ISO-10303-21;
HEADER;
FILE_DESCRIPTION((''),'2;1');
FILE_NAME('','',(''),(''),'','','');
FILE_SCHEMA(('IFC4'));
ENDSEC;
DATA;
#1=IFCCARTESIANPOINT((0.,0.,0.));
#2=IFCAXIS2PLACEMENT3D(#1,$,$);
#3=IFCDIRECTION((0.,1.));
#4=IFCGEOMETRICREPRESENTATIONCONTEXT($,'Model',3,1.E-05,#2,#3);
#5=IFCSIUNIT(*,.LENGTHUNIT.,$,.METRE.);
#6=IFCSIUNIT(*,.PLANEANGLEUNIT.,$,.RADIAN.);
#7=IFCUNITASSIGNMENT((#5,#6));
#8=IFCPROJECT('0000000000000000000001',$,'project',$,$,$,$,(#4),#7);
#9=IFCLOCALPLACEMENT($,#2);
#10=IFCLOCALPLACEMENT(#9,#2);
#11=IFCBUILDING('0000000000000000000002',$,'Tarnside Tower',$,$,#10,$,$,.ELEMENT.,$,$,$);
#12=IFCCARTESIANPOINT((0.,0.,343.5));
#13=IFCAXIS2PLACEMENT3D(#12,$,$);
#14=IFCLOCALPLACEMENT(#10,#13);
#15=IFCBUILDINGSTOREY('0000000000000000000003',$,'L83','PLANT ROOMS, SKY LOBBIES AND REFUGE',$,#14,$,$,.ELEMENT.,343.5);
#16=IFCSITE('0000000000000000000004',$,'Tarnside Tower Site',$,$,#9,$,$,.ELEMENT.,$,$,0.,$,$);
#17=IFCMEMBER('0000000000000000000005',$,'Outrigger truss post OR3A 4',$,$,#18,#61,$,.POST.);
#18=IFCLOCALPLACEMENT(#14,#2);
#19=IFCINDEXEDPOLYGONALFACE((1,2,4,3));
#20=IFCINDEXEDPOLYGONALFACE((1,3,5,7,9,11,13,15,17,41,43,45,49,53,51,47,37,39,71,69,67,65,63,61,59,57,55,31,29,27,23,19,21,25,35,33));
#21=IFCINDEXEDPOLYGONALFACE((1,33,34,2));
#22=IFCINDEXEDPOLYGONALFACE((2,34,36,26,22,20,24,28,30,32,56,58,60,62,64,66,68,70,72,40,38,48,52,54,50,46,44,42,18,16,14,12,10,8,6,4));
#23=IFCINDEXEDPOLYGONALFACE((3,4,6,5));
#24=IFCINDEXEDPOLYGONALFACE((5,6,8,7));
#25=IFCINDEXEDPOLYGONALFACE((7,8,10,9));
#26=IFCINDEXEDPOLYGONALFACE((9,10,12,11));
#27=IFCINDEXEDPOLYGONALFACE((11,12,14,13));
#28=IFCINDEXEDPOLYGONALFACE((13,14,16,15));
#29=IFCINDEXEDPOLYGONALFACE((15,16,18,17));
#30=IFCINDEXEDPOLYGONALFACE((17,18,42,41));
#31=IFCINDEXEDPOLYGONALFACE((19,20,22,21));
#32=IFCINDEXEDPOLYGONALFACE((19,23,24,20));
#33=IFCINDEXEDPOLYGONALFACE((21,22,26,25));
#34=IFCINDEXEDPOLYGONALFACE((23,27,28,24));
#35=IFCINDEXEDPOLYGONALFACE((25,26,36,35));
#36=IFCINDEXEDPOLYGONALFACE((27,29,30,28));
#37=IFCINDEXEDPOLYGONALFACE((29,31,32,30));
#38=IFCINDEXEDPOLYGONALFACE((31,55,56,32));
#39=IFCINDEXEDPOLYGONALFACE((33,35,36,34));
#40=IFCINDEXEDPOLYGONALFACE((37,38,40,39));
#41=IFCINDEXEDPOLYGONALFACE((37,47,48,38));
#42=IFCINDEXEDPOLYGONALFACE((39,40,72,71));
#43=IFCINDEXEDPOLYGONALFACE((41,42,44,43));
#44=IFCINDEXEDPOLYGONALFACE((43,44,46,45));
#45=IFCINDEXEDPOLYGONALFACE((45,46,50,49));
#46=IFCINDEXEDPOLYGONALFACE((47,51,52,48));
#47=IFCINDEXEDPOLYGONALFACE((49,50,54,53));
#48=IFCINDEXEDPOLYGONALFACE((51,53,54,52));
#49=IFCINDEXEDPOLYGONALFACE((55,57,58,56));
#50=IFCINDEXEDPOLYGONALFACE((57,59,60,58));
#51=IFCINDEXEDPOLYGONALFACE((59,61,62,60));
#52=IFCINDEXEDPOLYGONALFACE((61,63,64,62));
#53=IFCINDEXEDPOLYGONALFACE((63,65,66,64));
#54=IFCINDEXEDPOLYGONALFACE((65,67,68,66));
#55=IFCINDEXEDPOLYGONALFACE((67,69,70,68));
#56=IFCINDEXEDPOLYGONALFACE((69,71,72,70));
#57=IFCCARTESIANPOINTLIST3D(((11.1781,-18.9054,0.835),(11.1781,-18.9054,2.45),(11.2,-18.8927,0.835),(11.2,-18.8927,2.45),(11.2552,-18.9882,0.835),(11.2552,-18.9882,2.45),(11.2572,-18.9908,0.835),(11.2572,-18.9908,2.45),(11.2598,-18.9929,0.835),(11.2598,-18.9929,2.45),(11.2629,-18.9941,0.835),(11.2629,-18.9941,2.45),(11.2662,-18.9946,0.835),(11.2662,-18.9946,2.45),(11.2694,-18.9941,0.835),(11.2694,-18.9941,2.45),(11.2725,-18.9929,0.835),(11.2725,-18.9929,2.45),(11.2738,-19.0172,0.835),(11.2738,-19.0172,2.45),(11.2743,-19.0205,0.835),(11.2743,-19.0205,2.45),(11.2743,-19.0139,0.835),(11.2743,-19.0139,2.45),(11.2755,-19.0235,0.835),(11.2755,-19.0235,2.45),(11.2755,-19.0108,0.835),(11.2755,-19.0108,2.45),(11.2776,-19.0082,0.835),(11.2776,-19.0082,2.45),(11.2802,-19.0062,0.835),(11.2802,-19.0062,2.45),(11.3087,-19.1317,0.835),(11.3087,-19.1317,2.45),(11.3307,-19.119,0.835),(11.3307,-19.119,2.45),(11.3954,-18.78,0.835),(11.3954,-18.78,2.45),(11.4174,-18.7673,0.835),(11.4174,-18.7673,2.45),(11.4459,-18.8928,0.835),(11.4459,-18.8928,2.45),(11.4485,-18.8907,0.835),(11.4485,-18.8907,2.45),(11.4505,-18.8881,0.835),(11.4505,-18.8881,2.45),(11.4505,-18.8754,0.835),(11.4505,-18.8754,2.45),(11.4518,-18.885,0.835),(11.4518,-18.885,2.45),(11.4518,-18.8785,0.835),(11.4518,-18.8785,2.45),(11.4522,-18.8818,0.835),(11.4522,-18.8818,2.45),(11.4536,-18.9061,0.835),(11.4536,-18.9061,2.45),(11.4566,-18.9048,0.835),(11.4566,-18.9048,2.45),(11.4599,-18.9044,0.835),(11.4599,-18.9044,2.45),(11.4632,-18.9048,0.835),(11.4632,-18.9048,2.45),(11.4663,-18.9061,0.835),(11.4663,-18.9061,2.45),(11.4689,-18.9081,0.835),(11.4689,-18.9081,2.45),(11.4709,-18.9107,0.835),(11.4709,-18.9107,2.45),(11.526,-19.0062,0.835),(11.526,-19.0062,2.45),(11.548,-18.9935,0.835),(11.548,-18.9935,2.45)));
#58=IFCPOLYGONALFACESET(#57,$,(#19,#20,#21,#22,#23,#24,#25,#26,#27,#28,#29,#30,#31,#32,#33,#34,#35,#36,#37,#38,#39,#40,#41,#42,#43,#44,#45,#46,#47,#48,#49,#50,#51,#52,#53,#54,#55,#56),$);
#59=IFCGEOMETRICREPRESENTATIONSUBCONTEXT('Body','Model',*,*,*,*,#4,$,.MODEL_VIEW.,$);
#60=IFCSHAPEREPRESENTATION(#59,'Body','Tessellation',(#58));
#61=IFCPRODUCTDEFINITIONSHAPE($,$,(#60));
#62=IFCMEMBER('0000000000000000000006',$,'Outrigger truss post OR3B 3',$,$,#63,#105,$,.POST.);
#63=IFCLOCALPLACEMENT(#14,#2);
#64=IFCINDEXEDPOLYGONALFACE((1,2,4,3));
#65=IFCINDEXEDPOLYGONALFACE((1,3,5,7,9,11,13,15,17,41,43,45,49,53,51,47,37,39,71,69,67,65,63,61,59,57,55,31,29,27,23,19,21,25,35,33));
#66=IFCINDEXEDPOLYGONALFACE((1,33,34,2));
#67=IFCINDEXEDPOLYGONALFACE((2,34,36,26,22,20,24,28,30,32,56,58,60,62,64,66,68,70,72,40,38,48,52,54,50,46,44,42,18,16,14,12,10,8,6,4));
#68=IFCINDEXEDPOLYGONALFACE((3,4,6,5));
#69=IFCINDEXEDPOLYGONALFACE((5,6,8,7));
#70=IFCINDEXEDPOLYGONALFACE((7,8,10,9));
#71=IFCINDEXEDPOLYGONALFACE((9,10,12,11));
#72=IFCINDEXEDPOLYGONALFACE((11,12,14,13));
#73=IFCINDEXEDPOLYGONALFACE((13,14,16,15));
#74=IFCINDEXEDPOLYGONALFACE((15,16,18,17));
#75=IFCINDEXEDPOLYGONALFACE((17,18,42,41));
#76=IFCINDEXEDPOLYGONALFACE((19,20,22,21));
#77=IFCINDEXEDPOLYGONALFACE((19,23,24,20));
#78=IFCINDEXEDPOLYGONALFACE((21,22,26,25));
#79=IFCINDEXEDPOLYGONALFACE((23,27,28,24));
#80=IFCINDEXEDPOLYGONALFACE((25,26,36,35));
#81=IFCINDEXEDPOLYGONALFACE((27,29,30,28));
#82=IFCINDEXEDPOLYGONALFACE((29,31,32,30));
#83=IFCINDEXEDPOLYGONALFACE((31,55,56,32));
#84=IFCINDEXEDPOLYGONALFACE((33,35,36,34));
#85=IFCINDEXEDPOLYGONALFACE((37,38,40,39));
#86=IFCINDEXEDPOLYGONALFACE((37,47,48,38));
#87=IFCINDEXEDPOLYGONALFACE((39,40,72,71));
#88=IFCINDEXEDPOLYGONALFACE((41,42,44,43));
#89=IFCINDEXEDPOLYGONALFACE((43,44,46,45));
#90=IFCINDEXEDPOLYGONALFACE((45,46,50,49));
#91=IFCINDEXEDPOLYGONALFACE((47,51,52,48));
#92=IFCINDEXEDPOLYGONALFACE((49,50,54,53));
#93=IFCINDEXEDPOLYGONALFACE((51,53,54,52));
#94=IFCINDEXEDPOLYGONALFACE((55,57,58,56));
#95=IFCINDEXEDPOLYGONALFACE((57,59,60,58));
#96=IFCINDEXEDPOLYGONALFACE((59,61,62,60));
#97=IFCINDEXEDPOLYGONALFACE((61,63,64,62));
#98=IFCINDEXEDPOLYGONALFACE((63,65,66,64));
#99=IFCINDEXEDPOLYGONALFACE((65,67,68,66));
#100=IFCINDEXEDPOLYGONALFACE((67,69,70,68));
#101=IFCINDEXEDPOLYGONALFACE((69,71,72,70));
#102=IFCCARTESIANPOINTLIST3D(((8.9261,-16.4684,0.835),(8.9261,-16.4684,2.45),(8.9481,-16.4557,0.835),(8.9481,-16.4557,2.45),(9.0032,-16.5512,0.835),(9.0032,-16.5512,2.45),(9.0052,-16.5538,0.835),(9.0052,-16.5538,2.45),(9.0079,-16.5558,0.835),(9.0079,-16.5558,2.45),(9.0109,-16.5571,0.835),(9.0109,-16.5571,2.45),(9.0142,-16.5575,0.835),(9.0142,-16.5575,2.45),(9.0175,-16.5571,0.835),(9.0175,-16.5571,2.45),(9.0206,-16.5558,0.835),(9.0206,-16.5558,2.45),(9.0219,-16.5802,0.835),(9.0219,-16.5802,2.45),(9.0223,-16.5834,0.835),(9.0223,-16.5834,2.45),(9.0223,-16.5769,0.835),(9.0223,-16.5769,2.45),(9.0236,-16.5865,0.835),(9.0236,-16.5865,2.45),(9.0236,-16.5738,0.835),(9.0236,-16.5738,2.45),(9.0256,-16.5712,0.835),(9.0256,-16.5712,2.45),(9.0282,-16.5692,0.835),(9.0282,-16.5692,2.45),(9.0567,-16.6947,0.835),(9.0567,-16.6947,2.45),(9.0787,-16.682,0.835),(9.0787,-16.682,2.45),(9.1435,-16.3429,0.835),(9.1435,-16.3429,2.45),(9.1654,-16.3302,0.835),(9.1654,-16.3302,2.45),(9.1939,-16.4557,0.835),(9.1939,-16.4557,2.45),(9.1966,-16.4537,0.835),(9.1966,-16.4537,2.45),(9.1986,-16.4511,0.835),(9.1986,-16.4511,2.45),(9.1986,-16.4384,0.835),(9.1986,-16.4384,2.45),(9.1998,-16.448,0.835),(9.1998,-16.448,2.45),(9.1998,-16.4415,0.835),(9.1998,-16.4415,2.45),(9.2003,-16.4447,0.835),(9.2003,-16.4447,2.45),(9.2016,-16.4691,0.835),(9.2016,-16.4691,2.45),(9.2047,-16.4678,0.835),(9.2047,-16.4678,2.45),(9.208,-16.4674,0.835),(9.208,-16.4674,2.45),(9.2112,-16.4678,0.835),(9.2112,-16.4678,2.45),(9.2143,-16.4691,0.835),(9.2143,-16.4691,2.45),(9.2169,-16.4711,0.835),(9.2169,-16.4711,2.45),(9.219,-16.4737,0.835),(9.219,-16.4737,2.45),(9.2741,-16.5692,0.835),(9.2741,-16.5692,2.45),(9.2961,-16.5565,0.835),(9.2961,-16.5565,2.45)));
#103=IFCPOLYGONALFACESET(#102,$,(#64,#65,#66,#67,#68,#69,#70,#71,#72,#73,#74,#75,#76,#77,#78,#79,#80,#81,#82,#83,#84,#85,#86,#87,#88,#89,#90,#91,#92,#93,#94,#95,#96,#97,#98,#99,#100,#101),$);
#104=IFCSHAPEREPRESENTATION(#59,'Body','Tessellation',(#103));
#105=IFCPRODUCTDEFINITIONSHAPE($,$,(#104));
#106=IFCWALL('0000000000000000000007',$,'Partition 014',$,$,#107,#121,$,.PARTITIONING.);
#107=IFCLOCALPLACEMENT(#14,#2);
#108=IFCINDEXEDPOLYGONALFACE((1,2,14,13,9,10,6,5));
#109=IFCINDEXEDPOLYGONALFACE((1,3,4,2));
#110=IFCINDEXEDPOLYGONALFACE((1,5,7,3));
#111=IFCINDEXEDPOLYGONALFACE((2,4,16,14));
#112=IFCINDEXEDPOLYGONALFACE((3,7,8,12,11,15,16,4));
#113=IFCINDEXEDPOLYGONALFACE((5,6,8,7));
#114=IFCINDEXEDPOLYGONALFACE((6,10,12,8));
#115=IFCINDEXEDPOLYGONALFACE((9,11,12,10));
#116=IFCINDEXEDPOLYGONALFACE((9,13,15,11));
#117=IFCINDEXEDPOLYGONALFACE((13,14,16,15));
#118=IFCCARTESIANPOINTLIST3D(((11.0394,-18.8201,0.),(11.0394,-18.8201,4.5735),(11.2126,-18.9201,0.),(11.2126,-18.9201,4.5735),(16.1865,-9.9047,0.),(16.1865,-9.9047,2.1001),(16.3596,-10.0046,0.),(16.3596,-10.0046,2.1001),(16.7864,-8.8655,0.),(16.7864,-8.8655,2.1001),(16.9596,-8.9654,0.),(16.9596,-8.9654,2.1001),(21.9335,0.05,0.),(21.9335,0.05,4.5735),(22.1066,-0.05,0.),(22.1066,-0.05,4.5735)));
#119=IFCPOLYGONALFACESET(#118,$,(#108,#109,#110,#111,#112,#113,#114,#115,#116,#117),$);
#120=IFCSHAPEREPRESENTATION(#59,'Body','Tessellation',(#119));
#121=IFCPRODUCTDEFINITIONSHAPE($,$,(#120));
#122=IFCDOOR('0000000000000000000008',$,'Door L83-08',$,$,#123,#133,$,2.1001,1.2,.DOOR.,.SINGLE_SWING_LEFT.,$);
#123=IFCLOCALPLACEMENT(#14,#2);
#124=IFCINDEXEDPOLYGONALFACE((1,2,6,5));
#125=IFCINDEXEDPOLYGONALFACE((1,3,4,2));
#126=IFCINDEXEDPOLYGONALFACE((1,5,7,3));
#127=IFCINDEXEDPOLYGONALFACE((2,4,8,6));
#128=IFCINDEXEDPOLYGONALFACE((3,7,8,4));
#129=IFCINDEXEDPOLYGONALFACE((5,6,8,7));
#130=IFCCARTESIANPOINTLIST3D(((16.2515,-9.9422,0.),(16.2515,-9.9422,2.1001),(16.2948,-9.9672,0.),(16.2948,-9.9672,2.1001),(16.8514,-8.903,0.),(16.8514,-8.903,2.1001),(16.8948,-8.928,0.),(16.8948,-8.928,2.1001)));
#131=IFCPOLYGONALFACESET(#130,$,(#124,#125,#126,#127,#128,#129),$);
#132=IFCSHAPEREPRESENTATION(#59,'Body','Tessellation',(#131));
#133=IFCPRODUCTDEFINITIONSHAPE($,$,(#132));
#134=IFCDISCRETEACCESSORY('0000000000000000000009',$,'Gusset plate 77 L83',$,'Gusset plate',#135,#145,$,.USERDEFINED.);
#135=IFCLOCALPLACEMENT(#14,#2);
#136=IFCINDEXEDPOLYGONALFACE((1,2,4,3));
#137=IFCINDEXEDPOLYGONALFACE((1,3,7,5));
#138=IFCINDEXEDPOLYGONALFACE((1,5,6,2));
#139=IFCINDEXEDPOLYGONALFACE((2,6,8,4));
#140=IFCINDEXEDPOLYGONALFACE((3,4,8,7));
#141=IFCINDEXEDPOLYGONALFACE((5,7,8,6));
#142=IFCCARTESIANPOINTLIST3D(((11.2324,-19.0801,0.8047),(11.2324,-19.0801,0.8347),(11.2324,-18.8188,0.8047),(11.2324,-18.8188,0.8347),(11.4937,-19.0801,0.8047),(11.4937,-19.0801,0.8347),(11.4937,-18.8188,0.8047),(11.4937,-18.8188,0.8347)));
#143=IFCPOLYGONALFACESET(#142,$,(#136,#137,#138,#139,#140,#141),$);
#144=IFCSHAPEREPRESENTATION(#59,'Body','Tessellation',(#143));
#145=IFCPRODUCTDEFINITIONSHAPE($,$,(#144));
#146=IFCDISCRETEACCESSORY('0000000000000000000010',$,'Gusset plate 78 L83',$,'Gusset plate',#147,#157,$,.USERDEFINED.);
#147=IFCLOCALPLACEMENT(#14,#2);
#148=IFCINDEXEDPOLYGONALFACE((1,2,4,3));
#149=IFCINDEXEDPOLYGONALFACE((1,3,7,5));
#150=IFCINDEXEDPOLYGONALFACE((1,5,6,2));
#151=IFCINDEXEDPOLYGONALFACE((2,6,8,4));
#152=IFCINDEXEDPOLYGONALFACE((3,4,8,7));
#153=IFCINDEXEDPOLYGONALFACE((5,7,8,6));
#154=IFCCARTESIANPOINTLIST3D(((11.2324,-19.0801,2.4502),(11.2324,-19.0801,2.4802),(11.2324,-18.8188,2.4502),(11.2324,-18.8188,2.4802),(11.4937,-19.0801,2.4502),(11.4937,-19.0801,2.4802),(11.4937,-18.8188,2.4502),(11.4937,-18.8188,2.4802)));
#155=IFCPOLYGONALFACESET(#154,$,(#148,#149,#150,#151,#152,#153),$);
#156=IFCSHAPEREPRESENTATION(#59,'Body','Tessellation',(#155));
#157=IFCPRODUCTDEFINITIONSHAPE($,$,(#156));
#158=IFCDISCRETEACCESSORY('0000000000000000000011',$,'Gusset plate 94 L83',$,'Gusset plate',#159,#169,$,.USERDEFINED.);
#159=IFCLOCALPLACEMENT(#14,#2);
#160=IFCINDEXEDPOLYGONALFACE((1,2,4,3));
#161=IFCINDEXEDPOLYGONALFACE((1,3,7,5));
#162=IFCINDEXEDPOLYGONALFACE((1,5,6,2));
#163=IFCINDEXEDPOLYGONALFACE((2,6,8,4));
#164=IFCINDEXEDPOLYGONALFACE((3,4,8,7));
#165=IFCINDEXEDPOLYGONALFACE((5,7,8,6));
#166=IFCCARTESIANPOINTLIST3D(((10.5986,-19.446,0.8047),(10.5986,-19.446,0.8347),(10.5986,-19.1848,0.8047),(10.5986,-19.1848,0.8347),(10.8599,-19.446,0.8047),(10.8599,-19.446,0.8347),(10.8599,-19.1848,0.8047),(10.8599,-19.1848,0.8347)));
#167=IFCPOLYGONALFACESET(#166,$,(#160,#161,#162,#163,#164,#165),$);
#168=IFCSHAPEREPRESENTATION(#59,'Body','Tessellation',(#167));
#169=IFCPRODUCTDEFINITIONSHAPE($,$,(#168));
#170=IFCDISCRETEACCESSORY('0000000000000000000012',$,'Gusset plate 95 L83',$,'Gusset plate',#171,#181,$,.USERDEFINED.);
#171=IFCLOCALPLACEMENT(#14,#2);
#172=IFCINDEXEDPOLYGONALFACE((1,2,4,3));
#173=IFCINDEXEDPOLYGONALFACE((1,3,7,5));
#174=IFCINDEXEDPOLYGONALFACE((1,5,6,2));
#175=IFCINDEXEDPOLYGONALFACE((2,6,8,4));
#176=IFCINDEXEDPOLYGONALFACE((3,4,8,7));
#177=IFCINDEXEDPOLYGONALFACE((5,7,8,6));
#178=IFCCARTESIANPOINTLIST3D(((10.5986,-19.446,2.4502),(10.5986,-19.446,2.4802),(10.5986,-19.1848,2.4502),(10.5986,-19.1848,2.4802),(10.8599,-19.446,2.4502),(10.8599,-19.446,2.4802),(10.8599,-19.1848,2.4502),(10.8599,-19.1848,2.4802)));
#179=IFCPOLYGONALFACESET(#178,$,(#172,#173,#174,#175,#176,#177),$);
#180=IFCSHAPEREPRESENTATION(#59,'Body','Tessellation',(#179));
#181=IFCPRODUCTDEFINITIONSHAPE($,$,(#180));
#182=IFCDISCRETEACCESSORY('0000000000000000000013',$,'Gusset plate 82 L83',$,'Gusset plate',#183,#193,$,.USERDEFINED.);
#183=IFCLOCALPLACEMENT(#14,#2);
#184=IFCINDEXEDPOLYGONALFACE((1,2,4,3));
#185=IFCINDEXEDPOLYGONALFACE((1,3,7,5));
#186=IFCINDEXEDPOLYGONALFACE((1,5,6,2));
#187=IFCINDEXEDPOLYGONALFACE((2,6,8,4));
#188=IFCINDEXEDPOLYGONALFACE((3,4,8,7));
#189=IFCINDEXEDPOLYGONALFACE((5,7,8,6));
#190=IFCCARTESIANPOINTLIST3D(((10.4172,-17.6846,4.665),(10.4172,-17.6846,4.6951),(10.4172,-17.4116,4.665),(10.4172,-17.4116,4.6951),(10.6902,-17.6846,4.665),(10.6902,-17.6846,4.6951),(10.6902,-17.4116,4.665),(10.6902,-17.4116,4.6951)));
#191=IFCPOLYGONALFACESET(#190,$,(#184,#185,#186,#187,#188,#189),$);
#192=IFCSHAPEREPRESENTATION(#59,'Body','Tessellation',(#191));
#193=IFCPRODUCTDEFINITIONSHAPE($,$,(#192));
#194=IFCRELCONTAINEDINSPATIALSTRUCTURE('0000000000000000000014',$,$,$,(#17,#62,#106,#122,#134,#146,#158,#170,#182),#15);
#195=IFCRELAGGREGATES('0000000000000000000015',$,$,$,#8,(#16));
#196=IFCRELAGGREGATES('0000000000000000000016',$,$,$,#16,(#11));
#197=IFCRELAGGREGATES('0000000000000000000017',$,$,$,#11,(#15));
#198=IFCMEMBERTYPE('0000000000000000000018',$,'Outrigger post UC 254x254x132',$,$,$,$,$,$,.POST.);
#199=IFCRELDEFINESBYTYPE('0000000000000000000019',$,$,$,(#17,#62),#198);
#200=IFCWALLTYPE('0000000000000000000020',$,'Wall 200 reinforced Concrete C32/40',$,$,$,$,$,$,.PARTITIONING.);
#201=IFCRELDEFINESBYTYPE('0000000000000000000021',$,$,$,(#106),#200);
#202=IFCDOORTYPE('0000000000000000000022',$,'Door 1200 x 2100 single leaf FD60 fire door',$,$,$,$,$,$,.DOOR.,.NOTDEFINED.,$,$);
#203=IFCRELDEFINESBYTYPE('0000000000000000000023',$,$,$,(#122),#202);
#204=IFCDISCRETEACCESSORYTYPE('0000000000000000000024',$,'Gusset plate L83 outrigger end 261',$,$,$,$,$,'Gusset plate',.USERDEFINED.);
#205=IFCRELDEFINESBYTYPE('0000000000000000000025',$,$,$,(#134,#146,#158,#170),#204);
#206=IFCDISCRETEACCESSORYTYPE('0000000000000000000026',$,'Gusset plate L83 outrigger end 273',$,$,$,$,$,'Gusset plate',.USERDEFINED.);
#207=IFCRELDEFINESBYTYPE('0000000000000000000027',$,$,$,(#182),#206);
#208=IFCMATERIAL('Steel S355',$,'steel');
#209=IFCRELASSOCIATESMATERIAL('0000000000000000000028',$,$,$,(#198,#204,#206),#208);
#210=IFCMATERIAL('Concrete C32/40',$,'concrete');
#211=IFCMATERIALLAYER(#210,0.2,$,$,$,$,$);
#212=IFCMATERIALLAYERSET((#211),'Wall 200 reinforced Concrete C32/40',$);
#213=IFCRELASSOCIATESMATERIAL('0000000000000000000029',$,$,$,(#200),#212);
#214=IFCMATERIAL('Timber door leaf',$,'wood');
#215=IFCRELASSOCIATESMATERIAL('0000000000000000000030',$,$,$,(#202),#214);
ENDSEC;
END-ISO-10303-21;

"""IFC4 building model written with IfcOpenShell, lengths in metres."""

from ifc_helpers import new_model, si_unit, direction, frame, frame_2d, origin, origin_2d, place, context, subcontext, project, spatial, rectangle, i_section, extrude, material, layer, layer_set, material_profile, profile_set, type_object, element, fill, save


model = new_model("IFC4")

# Units and contexts
model_context = context("Model", 3, precision=1e-05, world=origin(), true_north=direction((0.0, 1.0)))
body_context = subcontext(model_context, "Body", "Model", "MODEL_VIEW")
ifc_project = project(units=[si_unit("LENGTHUNIT", "METRE"), si_unit("PLANEANGLEUNIT", "RADIAN")], contexts=[model_context])

# Site, building, storey
site_placement = place(None, origin())
site = spatial("IfcSite", under=ifc_project, at=site_placement, Name="Tarnside Tower Site", CompositionType="ELEMENT", RefElevation=0.0)
building_placement = place(site_placement, origin())
building = spatial("IfcBuilding", under=site, at=building_placement, Name="Tarnside Tower", CompositionType="ELEMENT")
storey_placement = place(building_placement, frame((0.0, 0.0, 343.5)))
storey = spatial("IfcBuildingStorey", under=building, at=storey_placement, Name="L83", Description="PLANT ROOMS, SKY LOBBIES AND REFUGE", CompositionType="ELEMENT", Elevation=343.5)

# Members
ifc_material_1 = material(Name="Steel S355", Category="steel")
ifc_material_profile_1 = material_profile(ifc_material_1, i_section(OverallWidth=0.2612, OverallDepth=0.2764, WebThickness=0.0154, FlangeThickness=0.0254, FilletRadius=0.0127, at=origin_2d()), Name="UC 254x254x132")
ifc_profile_set_1 = profile_set([ifc_material_profile_1], Name="Steel S355")
member_type_1 = type_object("IfcMemberType", Name="Outrigger post UC 254x254x132", PredefinedType="POST", material=ifc_profile_set_1)
for number, where, z_axis, x_axis, name in (
    (1, (11.363, -18.9495, 0.835), (0.0, 0.0, 1.0), (0.5, -0.866025, 0.0), "Outrigger truss post OR3A 4"),
    (2, (9.1111, -16.5125, 0.835), (0.0, 0.0, 1.0), (0.5, -0.866025, 0.0), "Outrigger truss post OR3B 3"),
):
    element("IfcMember", number, at=place(storey_placement, frame(where, z_axis=z_axis, x_axis=x_axis)), inside=storey, type_object=member_type_1, Name=name, PredefinedType="POST", context=body_context, shape_type="SweptSolid", body=[
        extrude(i_section(OverallWidth=0.2612, OverallDepth=0.2764, WebThickness=0.0154, FlangeThickness=0.0254, FilletRadius=0.0127, at=origin_2d()), origin(), (0.0, 0.0, 1.0), 1.615),
    ])

# Wall, opening, door
ifc_material_2 = material(Name="Concrete C32/40", Category="concrete")
ifc_layer = layer(ifc_material_2, 0.2)
ifc_layer_set = layer_set([ifc_layer], Name="Wall 200 reinforced Concrete C32/40")
wall_type = type_object("IfcWallType", Name="Wall 200 reinforced Concrete C32/40", PredefinedType="PARTITIONING", material=ifc_layer_set)
wall_placement = place(storey_placement, frame((11.126, -18.8701, 0.0), z_axis=(0.0, 0.0, 1.0), x_axis=(0.499979, 0.866038, 0.0)))
wall = element("IfcWall", 3, at=wall_placement, inside=storey, type_object=wall_type, Name="Partition 014", PredefinedType="PARTITIONING", context=body_context, shape_type="SweptSolid", body=[
    extrude(rectangle(XDim=21.7891, YDim=0.2, at=frame_2d((10.8945, 0.0))), origin(), (0.0, 0.0, 1.0), 4.5735),
])
opening_placement = place(wall_placement, frame((10.2944, 0.0, 0.0)))
opening = element("IfcOpeningElement", 4, at=opening_placement, cuts=wall, PredefinedType="OPENING", context=body_context, shape_type="SweptSolid", body=[
    extrude(rectangle(XDim=1.2, YDim=2.1001, at=frame_2d((0.6001, 1.05))), frame((0.0, 0.1099, 0.0), z_axis=(0.0, -1.0, 0.0), x_axis=(1.0, 0.0, 0.0)), (0.0, 0.0, 1.0), 0.22),
])
ifc_material_3 = material(Name="Timber door leaf", Category="wood")
door_type = type_object("IfcDoorType", Name="Door 1200 x 2100 single leaf FD60 fire door", OperationType="NOTDEFINED", PredefinedType="DOOR", material=ifc_material_3)
door_placement = place(opening_placement, origin())
door = element("IfcDoor", 5, at=door_placement, inside=storey, type_object=door_type, Name="Door L83-08", OperationType="SINGLE_SWING_LEFT", OverallHeight=2.1001, OverallWidth=1.2, PredefinedType="DOOR", context=body_context, shape_type="SweptSolid", body=[
    extrude(rectangle(XDim=1.2, YDim=2.1001, at=frame_2d((0.6001, 1.05))), frame((0.0, 0.0249, 0.0), z_axis=(0.0, -1.0, 0.0), x_axis=(1.0, 0.0, 0.0)), (0.0, 0.0, 1.0), 0.05),
])
fill(opening, door)

# Discrete accessories
discrete_accessory_type_1 = type_object("IfcDiscreteAccessoryType", Name="Gusset plate L83 outrigger end 261", ElementType="Gusset plate", PredefinedType="USERDEFINED", material=ifc_material_1)
for number, where, z_axis, x_axis, name in (
    (6, (11.363, -18.9495, 0.8047), (0.0, 0.0, 1.0), (1.0, 0.0, 0.0), "Gusset plate 77 L83"),
    (7, (11.363, -18.9495, 2.4502), (0.0, 0.0, 1.0), (1.0, 0.0, 0.0), "Gusset plate 78 L83"),
    (8, (10.7292, -19.3154, 0.8047), (0.0, 0.0, 1.0), (1.0, 0.0, 0.0), "Gusset plate 94 L83"),
    (9, (10.7292, -19.3154, 2.4502), (0.0, 0.0, 1.0), (1.0, 0.0, 0.0), "Gusset plate 95 L83"),
):
    element("IfcDiscreteAccessory", number, at=place(storey_placement, frame(where, z_axis=z_axis, x_axis=x_axis)), inside=storey, type_object=discrete_accessory_type_1, Name=name, ObjectType="Gusset plate", PredefinedType="USERDEFINED", context=body_context, shape_type="SweptSolid", body=[
        extrude(rectangle(XDim=0.2612, YDim=0.2612, at=origin_2d()), origin(), (0.0, 0.0, 1.0), 0.03),
    ])
discrete_accessory_type_2 = type_object("IfcDiscreteAccessoryType", Name="Gusset plate L83 outrigger end 273", ElementType="Gusset plate", PredefinedType="USERDEFINED", material=ifc_material_1)
for number, where, z_axis, x_axis, name in (
    (10, (10.5537, -17.5481, 4.665), (0.0, 0.0, 1.0), (1.0, 0.0, 0.0), "Gusset plate 82 L83"),
):
    element("IfcDiscreteAccessory", number, at=place(storey_placement, frame(where, z_axis=z_axis, x_axis=x_axis)), inside=storey, type_object=discrete_accessory_type_2, Name=name, ObjectType="Gusset plate", PredefinedType="USERDEFINED", context=body_context, shape_type="SweptSolid", body=[
        extrude(rectangle(XDim=0.2729, YDim=0.2729, at=origin_2d()), origin(), (0.0, 0.0, 1.0), 0.03),
    ])

save(model, "model.ifc")
